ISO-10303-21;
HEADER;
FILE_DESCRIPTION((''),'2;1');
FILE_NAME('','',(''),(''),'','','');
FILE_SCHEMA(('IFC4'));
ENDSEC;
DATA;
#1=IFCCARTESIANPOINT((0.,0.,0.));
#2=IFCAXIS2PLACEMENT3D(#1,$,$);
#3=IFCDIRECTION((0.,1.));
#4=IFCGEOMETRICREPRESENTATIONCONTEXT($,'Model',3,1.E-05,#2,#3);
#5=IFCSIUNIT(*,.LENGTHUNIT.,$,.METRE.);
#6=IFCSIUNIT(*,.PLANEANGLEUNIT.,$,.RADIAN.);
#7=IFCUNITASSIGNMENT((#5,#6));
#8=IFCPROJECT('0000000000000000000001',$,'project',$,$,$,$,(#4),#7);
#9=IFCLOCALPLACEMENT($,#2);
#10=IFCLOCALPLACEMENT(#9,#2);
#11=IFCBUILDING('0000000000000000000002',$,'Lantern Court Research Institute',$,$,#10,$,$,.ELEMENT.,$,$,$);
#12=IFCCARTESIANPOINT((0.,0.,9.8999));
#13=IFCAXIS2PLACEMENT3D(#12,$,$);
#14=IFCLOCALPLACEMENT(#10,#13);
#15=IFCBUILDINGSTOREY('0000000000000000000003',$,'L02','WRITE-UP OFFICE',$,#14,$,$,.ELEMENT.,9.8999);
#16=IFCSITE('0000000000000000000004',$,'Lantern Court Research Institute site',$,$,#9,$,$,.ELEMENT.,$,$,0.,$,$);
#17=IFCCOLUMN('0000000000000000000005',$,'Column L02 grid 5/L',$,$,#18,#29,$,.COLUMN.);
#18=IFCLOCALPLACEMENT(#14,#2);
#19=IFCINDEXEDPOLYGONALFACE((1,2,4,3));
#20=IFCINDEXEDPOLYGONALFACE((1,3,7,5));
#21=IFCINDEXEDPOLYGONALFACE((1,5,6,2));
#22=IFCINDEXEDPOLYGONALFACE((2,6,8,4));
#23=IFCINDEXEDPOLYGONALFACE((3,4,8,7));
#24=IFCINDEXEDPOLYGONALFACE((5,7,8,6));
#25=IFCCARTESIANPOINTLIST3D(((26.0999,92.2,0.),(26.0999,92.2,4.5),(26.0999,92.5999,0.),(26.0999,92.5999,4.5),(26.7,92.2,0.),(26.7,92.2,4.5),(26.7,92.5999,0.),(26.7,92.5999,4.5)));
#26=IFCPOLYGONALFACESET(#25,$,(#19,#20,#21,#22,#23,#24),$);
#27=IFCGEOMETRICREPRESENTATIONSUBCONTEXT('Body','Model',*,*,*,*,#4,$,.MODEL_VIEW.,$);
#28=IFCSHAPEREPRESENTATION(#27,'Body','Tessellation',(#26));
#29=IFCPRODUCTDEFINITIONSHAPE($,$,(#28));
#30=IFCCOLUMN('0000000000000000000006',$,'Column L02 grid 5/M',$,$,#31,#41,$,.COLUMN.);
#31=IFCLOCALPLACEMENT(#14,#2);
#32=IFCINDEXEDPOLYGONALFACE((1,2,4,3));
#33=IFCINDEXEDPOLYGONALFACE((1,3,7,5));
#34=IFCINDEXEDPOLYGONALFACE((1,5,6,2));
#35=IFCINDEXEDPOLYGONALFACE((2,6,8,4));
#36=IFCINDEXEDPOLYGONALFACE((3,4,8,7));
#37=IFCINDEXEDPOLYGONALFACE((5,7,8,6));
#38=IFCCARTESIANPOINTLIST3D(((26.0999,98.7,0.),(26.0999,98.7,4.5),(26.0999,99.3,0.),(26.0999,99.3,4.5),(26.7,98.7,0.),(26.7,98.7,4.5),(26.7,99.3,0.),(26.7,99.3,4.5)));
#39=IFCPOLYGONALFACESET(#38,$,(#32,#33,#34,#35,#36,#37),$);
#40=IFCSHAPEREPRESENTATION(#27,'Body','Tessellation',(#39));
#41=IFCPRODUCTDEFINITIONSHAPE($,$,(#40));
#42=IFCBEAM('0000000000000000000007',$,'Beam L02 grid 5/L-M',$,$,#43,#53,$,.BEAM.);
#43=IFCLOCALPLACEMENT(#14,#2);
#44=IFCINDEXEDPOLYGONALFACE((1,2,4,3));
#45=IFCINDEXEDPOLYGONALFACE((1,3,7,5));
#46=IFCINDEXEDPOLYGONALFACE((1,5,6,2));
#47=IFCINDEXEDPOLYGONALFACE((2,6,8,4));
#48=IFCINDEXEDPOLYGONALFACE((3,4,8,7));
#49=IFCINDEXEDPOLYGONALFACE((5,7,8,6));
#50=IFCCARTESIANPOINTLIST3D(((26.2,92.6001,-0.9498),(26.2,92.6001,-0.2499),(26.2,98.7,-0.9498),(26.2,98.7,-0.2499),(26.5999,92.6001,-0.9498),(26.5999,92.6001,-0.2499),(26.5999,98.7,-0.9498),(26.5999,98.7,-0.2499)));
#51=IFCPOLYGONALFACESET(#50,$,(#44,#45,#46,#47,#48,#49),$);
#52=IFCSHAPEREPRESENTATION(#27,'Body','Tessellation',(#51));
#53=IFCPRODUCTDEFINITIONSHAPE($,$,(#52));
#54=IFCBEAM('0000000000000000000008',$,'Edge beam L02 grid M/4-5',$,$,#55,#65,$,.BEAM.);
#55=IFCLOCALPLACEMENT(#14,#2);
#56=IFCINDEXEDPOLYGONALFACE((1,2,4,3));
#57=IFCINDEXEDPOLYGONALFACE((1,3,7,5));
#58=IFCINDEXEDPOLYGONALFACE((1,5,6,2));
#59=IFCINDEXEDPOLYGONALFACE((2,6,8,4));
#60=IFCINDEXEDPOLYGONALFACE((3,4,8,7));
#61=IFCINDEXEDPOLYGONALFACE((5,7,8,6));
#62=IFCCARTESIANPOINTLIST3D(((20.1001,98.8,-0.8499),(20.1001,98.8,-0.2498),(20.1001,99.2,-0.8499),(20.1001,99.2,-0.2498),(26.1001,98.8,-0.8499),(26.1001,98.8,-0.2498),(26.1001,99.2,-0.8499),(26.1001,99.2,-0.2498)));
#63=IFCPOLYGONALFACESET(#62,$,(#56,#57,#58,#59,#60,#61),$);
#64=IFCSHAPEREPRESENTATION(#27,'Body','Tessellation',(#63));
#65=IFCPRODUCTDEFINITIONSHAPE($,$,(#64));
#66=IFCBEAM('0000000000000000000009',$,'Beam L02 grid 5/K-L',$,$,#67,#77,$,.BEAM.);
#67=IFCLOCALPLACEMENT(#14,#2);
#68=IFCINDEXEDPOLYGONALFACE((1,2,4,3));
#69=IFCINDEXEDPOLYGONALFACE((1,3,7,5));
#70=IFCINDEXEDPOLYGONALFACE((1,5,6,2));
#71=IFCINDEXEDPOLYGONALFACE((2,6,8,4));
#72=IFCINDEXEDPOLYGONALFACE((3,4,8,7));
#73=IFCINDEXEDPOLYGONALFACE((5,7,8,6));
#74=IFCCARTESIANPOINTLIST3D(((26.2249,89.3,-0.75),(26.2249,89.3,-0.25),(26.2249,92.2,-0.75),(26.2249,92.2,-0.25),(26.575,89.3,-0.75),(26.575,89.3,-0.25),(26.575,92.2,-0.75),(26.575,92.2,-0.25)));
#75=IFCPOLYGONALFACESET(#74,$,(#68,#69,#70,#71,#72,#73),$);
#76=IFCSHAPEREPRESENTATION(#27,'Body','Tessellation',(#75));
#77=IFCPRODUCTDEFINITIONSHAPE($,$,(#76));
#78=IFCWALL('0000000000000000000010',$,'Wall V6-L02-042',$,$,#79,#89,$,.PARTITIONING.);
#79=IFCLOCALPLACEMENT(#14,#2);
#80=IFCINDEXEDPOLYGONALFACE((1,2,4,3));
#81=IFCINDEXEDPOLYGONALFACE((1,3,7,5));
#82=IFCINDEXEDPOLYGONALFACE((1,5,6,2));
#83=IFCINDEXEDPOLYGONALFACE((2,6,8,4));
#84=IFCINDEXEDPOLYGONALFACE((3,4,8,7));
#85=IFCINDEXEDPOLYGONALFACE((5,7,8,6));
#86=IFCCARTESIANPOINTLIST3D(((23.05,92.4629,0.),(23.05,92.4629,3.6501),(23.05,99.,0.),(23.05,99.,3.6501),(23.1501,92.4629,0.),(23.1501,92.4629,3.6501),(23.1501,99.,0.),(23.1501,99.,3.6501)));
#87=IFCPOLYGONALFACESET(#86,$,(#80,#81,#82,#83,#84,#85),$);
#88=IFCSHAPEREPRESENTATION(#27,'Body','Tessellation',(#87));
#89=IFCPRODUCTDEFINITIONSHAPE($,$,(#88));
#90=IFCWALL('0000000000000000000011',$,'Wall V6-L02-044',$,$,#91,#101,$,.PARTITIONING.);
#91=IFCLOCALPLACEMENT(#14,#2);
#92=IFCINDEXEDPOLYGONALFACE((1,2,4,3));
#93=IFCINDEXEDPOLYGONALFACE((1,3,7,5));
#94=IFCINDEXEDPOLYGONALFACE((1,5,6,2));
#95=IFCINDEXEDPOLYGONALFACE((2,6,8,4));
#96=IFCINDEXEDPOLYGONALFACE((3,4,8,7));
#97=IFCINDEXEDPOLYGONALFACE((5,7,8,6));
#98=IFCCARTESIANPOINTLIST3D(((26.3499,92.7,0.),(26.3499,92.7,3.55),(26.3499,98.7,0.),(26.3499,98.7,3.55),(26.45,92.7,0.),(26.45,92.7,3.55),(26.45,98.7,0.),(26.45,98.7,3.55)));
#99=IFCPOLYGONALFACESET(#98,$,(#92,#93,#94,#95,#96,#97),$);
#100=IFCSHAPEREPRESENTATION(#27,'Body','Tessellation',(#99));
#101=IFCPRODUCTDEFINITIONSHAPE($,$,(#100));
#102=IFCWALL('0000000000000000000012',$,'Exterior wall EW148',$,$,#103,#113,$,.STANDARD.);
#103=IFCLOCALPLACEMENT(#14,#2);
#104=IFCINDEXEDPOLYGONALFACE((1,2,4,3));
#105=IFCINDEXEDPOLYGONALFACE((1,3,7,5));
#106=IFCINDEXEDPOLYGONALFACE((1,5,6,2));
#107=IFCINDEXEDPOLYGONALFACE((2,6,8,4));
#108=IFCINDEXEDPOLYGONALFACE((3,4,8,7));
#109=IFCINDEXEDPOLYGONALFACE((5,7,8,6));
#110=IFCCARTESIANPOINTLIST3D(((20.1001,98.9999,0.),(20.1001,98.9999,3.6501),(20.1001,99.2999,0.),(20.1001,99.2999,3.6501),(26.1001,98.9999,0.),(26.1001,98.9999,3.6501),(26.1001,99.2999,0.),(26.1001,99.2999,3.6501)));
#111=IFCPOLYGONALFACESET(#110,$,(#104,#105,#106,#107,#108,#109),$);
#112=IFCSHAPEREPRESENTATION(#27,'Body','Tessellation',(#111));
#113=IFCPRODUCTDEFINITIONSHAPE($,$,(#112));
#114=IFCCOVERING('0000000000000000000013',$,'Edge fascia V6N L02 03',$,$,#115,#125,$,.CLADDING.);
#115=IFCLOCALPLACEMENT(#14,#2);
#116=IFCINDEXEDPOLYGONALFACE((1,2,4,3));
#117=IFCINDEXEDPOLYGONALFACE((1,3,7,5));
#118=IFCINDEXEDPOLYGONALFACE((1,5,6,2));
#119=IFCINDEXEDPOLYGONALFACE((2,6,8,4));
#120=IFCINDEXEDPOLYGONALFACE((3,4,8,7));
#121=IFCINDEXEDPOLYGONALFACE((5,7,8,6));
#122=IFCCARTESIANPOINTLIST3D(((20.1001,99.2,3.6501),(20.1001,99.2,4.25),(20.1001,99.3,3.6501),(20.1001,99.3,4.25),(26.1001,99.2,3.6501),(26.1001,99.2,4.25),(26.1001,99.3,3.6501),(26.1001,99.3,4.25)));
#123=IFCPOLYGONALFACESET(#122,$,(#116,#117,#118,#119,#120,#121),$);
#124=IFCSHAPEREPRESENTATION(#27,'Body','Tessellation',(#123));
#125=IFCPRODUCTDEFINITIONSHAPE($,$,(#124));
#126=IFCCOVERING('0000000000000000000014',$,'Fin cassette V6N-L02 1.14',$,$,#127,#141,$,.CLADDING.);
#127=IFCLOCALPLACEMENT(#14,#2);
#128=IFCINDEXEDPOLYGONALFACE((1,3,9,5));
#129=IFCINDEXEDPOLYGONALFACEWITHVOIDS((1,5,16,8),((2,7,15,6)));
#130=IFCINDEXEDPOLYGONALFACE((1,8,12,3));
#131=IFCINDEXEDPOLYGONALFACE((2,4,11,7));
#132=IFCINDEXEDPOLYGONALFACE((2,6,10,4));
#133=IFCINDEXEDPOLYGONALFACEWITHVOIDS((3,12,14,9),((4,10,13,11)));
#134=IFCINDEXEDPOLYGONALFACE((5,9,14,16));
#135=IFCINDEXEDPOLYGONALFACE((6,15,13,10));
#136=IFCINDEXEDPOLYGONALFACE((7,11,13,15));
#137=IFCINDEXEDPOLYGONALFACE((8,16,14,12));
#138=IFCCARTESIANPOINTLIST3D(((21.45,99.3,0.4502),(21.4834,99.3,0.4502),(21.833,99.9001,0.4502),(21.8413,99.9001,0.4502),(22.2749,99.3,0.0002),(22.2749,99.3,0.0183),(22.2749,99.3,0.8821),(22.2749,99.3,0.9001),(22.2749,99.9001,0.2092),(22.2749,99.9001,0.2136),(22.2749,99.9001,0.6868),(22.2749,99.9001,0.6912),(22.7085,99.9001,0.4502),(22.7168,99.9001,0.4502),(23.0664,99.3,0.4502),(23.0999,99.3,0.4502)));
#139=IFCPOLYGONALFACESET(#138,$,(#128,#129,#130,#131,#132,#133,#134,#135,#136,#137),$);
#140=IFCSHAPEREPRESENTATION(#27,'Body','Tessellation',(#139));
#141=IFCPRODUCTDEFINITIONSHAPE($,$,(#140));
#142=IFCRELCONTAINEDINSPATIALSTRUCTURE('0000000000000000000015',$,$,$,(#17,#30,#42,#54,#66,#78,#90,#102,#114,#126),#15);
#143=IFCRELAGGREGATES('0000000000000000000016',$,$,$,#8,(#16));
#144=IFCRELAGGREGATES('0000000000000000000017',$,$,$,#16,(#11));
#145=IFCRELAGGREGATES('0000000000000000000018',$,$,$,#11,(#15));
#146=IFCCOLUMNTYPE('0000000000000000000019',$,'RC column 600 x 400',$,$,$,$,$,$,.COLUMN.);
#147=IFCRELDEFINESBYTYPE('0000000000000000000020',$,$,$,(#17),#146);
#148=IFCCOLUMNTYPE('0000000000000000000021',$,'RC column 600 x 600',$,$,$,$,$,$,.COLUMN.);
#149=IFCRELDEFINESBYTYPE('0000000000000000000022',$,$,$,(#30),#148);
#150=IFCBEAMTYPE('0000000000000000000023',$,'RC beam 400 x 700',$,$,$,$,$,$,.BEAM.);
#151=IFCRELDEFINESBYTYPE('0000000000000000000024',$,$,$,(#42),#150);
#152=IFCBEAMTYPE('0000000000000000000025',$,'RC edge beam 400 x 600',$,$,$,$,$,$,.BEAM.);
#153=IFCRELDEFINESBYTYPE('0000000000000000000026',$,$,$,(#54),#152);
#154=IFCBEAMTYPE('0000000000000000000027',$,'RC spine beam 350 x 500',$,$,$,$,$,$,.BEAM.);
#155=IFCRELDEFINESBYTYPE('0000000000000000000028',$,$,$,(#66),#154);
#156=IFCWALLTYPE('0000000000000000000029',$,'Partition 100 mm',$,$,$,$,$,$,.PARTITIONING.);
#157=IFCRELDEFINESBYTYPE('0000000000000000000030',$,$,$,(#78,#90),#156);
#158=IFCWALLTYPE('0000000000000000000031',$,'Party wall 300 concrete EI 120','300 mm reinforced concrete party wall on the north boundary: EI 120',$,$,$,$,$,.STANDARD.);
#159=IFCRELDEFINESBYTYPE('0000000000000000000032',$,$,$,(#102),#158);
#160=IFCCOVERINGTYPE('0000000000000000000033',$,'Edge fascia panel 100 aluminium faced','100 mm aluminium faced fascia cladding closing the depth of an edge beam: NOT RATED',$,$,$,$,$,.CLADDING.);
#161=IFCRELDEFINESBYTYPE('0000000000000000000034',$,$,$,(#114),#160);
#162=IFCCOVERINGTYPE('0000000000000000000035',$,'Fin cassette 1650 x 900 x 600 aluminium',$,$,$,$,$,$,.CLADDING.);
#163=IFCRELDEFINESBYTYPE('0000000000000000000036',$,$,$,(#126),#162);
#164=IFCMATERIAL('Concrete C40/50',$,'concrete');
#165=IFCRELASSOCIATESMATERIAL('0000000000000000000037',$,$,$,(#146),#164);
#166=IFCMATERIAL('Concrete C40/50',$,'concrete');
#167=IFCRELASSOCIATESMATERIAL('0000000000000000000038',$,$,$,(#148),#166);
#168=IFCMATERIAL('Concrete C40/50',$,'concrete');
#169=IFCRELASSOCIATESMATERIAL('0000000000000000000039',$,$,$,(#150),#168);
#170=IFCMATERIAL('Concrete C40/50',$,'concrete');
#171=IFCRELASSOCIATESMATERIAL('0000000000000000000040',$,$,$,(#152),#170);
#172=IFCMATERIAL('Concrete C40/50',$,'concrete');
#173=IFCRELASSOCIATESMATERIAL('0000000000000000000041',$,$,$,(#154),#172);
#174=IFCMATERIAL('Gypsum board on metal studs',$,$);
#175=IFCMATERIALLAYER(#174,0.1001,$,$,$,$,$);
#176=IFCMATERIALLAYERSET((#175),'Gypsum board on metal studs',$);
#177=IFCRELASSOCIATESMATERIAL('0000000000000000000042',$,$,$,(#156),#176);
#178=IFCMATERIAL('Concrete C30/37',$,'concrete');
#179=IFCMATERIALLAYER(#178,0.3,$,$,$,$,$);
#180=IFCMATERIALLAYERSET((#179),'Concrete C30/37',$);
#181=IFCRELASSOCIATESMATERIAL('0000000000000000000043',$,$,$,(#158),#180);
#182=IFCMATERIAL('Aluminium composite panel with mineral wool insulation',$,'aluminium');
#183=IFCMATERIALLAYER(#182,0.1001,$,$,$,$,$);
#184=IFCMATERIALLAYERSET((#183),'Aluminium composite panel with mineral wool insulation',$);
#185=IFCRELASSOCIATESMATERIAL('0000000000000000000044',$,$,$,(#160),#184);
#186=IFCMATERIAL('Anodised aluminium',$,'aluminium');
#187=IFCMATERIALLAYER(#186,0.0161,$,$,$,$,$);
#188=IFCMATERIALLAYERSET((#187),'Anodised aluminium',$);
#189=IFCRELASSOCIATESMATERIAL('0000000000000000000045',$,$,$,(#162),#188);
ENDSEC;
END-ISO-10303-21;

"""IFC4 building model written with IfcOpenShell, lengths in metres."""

from ifc_helpers import new_model, entity, si_unit, direction, frame, frame_2d, origin, origin_2d, place, context, subcontext, project, spatial, rectangle, extrude, material, layer, layer_set, material_profile, profile_set, type_object, element, save


model = new_model("IFC4")

# Units and contexts
model_context = context("Model", 3, precision=1e-05, world=origin(), true_north=direction((0.0, 1.0)))
body_context = subcontext(model_context, "Body", "Model", "MODEL_VIEW")
ifc_project = project(units=[si_unit("LENGTHUNIT", "METRE"), si_unit("PLANEANGLEUNIT", "RADIAN")], contexts=[model_context])

# Site, building, storey
site_placement = place(None, origin())
site = spatial("IfcSite", under=ifc_project, at=site_placement, Name="Lantern Court Research Institute site", CompositionType="ELEMENT", RefElevation=0.0)
building_placement = place(site_placement, origin())
building = spatial("IfcBuilding", under=site, at=building_placement, Name="Lantern Court Research Institute", CompositionType="ELEMENT")
storey_placement = place(building_placement, frame((0.0, 0.0, 9.8999)))
storey = spatial("IfcBuildingStorey", under=building, at=storey_placement, Name="L02", Description="WRITE-UP OFFICE", CompositionType="ELEMENT", Elevation=9.8999)

# Columns
ifc_material_1 = material(Name="Concrete C40/50", Category="concrete")
ifc_material_profile_1 = material_profile(ifc_material_1, rectangle(XDim=0.6001, YDim=0.3999, at=origin_2d()), Name="RC column 600 x 400")
ifc_profile_set_1 = profile_set([ifc_material_profile_1], Name="Concrete C40/50")
column_type_1 = type_object("IfcColumnType", Name="RC column 600 x 400", PredefinedType="COLUMN", material=ifc_profile_set_1)
column_1_placement = place(storey_placement, frame((26.3999, 92.3999, 0.0), z_axis=(0.0, 0.0, 1.0), x_axis=(1.0, 0.0, 0.0)))
element("IfcColumn", 1, at=column_1_placement, inside=storey, type_object=column_type_1, Name="Column L02 grid 5/L", PredefinedType="COLUMN", context=body_context, shape_type="SweptSolid", body=[
    extrude(rectangle(XDim=0.6001, YDim=0.3999, at=origin_2d()), origin(), (0.0, 0.0, 1.0), 4.5),
])
ifc_material_2 = material(Name="Concrete C40/50", Category="concrete")
ifc_material_profile_2 = material_profile(ifc_material_2, rectangle(XDim=0.6001, YDim=0.6001, at=origin_2d()), Name="RC column 600 x 600")
ifc_profile_set_2 = profile_set([ifc_material_profile_2], Name="Concrete C40/50")
column_type_2 = type_object("IfcColumnType", Name="RC column 600 x 600", PredefinedType="COLUMN", material=ifc_profile_set_2)
column_2_placement = place(storey_placement, frame((26.3999, 99.0, 0.0), z_axis=(0.0, 0.0, 1.0), x_axis=(1.0, 0.0, 0.0)))
element("IfcColumn", 2, at=column_2_placement, inside=storey, type_object=column_type_2, Name="Column L02 grid 5/M", PredefinedType="COLUMN", context=body_context, shape_type="SweptSolid", body=[
    extrude(rectangle(XDim=0.6001, YDim=0.6001, at=origin_2d()), origin(), (0.0, 0.0, 1.0), 4.5),
])

# Beams
ifc_material_3 = material(Name="Concrete C40/50", Category="concrete")
ifc_material_profile_3 = material_profile(ifc_material_3, rectangle(XDim=0.3999, YDim=0.7, at=origin_2d()), Name="RC beam 400 x 700")
ifc_profile_set_3 = profile_set([ifc_material_profile_3], Name="Concrete C40/50")
beam_type_1 = type_object("IfcBeamType", Name="RC beam 400 x 700", PredefinedType="BEAM", material=ifc_profile_set_3)
beam_1_placement = place(storey_placement, frame((26.3999, 92.6001, -0.5999), z_axis=(0.0, 1.0, 0.0), x_axis=(-1.0, 0.0, 0.0)))
element("IfcBeam", 3, at=beam_1_placement, inside=storey, type_object=beam_type_1, Name="Beam L02 grid 5/L-M", PredefinedType="BEAM", context=body_context, shape_type="SweptSolid", body=[
    extrude(rectangle(XDim=0.3999, YDim=0.7, at=origin_2d()), origin(), (0.0, 0.0, 1.0), 6.0999),
])
ifc_material_4 = material(Name="Concrete C40/50", Category="concrete")
ifc_material_profile_4 = material_profile(ifc_material_4, rectangle(XDim=0.3999, YDim=0.6001, at=origin_2d()), Name="RC beam 400 x 600")
ifc_profile_set_4 = profile_set([ifc_material_profile_4], Name="Concrete C40/50")
beam_type_2 = type_object("IfcBeamType", Name="RC edge beam 400 x 600", PredefinedType="BEAM", material=ifc_profile_set_4)
beam_2_placement = place(storey_placement, frame((20.1001, 99.0, -0.5498), z_axis=(1.0, 0.0, 0.0), x_axis=(0.0, 1.0, 0.0)))
element("IfcBeam", 4, at=beam_2_placement, inside=storey, type_object=beam_type_2, Name="Edge beam L02 grid M/4-5", PredefinedType="BEAM", context=body_context, shape_type="SweptSolid", body=[
    extrude(rectangle(XDim=0.3999, YDim=0.6001, at=origin_2d()), origin(), (0.0, 0.0, 1.0), 6.0),
])
ifc_material_5 = material(Name="Concrete C40/50", Category="concrete")
ifc_material_profile_5 = material_profile(ifc_material_5, rectangle(XDim=0.3501, YDim=0.5, at=origin_2d()), Name="RC beam 350 x 500")
ifc_profile_set_5 = profile_set([ifc_material_profile_5], Name="Concrete C40/50")
beam_type_3 = type_object("IfcBeamType", Name="RC spine beam 350 x 500", PredefinedType="BEAM", material=ifc_profile_set_5)
beam_3_placement = place(storey_placement, frame((26.3999, 89.3, -0.5), z_axis=(0.0, 1.0, 0.0), x_axis=(-1.0, 0.0, 0.0)))
element("IfcBeam", 5, at=beam_3_placement, inside=storey, type_object=beam_type_3, Name="Beam L02 grid 5/K-L", PredefinedType="BEAM", context=body_context, shape_type="SweptSolid", body=[
    extrude(rectangle(XDim=0.3501, YDim=0.5, at=origin_2d()), origin(), (0.0, 0.0, 1.0), 2.8999),
])

# Walls
ifc_material_6 = material(Name="Gypsum board on metal studs")
ifc_layer_1 = layer(ifc_material_6, 0.1001)
ifc_layer_set_1 = layer_set([ifc_layer_1], Name="Gypsum board on metal studs")
wall_type_1 = type_object("IfcWallType", Name="Partition 100 mm", PredefinedType="PARTITIONING", material=ifc_layer_set_1)
wall_1_placement = place(storey_placement, frame((23.1001, 92.4629, 0.0), z_axis=(0.0, 0.0, 1.0), x_axis=(0.0, 1.0, 0.0)))
element("IfcWall", 6, at=wall_1_placement, inside=storey, type_object=wall_type_1, Name="Wall V6-L02-042", PredefinedType="PARTITIONING", context=body_context, shape_type="SweptSolid", body=[
    extrude(rectangle(XDim=6.5371, YDim=0.1001, at=frame_2d((3.2686, 0.0))), origin(), (0.0, 0.0, 1.0), 3.6501),
])
wall_2_placement = place(storey_placement, frame((26.3999, 92.7, 0.0), z_axis=(0.0, 0.0, 1.0), x_axis=(0.0, 1.0, 0.0)))
element("IfcWall", 7, at=wall_2_placement, inside=storey, type_object=wall_type_1, Name="Wall V6-L02-044", PredefinedType="PARTITIONING", context=body_context, shape_type="SweptSolid", body=[
    extrude(rectangle(XDim=6.0, YDim=0.1001, at=frame_2d((3.0, 0.0))), origin(), (0.0, 0.0, 1.0), 3.55),
])
ifc_material_7 = material(Name="Concrete C30/37", Category="concrete")
ifc_layer_2 = layer(ifc_material_7, 0.3)
ifc_layer_set_2 = layer_set([ifc_layer_2], Name="Concrete C30/37")
wall_type_2 = type_object("IfcWallType", Name="Party wall 300 concrete EI 120", Description="300 mm reinforced concrete party wall on the north boundary: EI 120", PredefinedType="STANDARD", material=ifc_layer_set_2)
wall_3_placement = place(storey_placement, frame((20.1001, 99.1499, 0.0), z_axis=(0.0, 0.0, 1.0), x_axis=(1.0, 0.0, 0.0)))
element("IfcWall", 8, at=wall_3_placement, inside=storey, type_object=wall_type_2, Name="Exterior wall EW148", PredefinedType="STANDARD", context=body_context, shape_type="SweptSolid", body=[
    extrude(rectangle(XDim=6.0, YDim=0.3, at=frame_2d((3.0, 0.0))), origin(), (0.0, 0.0, 1.0), 3.6501),
])

# Coverings
ifc_material_8 = material(Name="Aluminium composite panel with mineral wool insulation", Category="aluminium")
ifc_layer_3 = layer(ifc_material_8, 0.1001)
ifc_layer_set_3 = layer_set([ifc_layer_3], Name="Aluminium composite panel with mineral wool insulation")
covering_type_1 = type_object("IfcCoveringType", Name="Edge fascia panel 100 aluminium faced", Description="100 mm aluminium faced fascia cladding closing the depth of an edge beam: NOT RATED", PredefinedType="CLADDING", material=ifc_layer_set_3)
covering_1_placement = place(storey_placement, frame((20.1001, 99.25, 3.6501), z_axis=(0.0, 0.0, 1.0), x_axis=(1.0, 0.0, 0.0)))
element("IfcCovering", 9, at=covering_1_placement, inside=storey, type_object=covering_type_1, Name="Edge fascia V6N L02 03", PredefinedType="CLADDING", context=body_context, shape_type="SweptSolid", body=[
    extrude(rectangle(XDim=6.0, YDim=0.1001, at=frame_2d((3.0, 0.0))), origin(), (0.0, 0.0, 1.0), 0.5999),
])
ifc_material_9 = material(Name="Anodised aluminium", Category="aluminium")
ifc_layer_4 = layer(ifc_material_9, 0.0161)
ifc_layer_set_4 = layer_set([ifc_layer_4], Name="Anodised aluminium")
covering_type_2 = type_object("IfcCoveringType", Name="Fin cassette 1650 x 900 x 600 aluminium", PredefinedType="CLADDING", material=ifc_layer_set_4)
covering_2_placement = place(storey_placement, frame((22.2749, 99.3, 0.4502), z_axis=(0.0, 1.0, 0.0), x_axis=(-1.0, 0.0, 0.0)))
cartesian_point_1 = entity("IfcCartesianPoint", [0.825, 0.0])
cartesian_point_2 = entity("IfcCartesianPoint", [0.7915, 0.0])
cartesian_point_3 = entity("IfcCartesianPoint", [0.4419, 0.0])
cartesian_point_4 = entity("IfcCartesianPoint", [0.4336, 0.0])
element("IfcCovering", 10, at=covering_2_placement, inside=storey, type_object=covering_type_2, Name="Fin cassette V6N-L02 1.14", PredefinedType="CLADDING", context=body_context, shape_type="SweptSolid", body=[
    entity("IfcExtrudedAreaSolidTapered", entity("IfcArbitraryProfileDefWithVoids", "AREA", None, entity("IfcPolyline", [cartesian_point_1, entity("IfcCartesianPoint", [0.0, 0.45]), entity("IfcCartesianPoint", [-0.825, 0.0]), entity("IfcCartesianPoint", [0.0, -0.45]), cartesian_point_1]), [entity("IfcPolyline", [cartesian_point_2, entity("IfcCartesianPoint", [0.0, 0.4319]), entity("IfcCartesianPoint", [-0.7915, 0.0]), entity("IfcCartesianPoint", [0.0, -0.4319]), cartesian_point_2])]), entity("IfcAxis2Placement3D", entity("IfcCartesianPoint", [0.0, 0.0, 0.0])), entity("IfcDirection", [0.0, 0.0, 1.0]), 0.6001, entity("IfcArbitraryProfileDefWithVoids", "AREA", None, entity("IfcPolyline", [cartesian_point_3, entity("IfcCartesianPoint", [0.0, 0.241]), entity("IfcCartesianPoint", [-0.4419, 0.0]), entity("IfcCartesianPoint", [0.0, -0.241]), cartesian_point_3]), [entity("IfcPolyline", [cartesian_point_4, entity("IfcCartesianPoint", [0.0, 0.2366]), entity("IfcCartesianPoint", [-0.4336, 0.0]), entity("IfcCartesianPoint", [0.0, -0.2366]), cartesian_point_4])])),
])

save(model, "model.ifc")
